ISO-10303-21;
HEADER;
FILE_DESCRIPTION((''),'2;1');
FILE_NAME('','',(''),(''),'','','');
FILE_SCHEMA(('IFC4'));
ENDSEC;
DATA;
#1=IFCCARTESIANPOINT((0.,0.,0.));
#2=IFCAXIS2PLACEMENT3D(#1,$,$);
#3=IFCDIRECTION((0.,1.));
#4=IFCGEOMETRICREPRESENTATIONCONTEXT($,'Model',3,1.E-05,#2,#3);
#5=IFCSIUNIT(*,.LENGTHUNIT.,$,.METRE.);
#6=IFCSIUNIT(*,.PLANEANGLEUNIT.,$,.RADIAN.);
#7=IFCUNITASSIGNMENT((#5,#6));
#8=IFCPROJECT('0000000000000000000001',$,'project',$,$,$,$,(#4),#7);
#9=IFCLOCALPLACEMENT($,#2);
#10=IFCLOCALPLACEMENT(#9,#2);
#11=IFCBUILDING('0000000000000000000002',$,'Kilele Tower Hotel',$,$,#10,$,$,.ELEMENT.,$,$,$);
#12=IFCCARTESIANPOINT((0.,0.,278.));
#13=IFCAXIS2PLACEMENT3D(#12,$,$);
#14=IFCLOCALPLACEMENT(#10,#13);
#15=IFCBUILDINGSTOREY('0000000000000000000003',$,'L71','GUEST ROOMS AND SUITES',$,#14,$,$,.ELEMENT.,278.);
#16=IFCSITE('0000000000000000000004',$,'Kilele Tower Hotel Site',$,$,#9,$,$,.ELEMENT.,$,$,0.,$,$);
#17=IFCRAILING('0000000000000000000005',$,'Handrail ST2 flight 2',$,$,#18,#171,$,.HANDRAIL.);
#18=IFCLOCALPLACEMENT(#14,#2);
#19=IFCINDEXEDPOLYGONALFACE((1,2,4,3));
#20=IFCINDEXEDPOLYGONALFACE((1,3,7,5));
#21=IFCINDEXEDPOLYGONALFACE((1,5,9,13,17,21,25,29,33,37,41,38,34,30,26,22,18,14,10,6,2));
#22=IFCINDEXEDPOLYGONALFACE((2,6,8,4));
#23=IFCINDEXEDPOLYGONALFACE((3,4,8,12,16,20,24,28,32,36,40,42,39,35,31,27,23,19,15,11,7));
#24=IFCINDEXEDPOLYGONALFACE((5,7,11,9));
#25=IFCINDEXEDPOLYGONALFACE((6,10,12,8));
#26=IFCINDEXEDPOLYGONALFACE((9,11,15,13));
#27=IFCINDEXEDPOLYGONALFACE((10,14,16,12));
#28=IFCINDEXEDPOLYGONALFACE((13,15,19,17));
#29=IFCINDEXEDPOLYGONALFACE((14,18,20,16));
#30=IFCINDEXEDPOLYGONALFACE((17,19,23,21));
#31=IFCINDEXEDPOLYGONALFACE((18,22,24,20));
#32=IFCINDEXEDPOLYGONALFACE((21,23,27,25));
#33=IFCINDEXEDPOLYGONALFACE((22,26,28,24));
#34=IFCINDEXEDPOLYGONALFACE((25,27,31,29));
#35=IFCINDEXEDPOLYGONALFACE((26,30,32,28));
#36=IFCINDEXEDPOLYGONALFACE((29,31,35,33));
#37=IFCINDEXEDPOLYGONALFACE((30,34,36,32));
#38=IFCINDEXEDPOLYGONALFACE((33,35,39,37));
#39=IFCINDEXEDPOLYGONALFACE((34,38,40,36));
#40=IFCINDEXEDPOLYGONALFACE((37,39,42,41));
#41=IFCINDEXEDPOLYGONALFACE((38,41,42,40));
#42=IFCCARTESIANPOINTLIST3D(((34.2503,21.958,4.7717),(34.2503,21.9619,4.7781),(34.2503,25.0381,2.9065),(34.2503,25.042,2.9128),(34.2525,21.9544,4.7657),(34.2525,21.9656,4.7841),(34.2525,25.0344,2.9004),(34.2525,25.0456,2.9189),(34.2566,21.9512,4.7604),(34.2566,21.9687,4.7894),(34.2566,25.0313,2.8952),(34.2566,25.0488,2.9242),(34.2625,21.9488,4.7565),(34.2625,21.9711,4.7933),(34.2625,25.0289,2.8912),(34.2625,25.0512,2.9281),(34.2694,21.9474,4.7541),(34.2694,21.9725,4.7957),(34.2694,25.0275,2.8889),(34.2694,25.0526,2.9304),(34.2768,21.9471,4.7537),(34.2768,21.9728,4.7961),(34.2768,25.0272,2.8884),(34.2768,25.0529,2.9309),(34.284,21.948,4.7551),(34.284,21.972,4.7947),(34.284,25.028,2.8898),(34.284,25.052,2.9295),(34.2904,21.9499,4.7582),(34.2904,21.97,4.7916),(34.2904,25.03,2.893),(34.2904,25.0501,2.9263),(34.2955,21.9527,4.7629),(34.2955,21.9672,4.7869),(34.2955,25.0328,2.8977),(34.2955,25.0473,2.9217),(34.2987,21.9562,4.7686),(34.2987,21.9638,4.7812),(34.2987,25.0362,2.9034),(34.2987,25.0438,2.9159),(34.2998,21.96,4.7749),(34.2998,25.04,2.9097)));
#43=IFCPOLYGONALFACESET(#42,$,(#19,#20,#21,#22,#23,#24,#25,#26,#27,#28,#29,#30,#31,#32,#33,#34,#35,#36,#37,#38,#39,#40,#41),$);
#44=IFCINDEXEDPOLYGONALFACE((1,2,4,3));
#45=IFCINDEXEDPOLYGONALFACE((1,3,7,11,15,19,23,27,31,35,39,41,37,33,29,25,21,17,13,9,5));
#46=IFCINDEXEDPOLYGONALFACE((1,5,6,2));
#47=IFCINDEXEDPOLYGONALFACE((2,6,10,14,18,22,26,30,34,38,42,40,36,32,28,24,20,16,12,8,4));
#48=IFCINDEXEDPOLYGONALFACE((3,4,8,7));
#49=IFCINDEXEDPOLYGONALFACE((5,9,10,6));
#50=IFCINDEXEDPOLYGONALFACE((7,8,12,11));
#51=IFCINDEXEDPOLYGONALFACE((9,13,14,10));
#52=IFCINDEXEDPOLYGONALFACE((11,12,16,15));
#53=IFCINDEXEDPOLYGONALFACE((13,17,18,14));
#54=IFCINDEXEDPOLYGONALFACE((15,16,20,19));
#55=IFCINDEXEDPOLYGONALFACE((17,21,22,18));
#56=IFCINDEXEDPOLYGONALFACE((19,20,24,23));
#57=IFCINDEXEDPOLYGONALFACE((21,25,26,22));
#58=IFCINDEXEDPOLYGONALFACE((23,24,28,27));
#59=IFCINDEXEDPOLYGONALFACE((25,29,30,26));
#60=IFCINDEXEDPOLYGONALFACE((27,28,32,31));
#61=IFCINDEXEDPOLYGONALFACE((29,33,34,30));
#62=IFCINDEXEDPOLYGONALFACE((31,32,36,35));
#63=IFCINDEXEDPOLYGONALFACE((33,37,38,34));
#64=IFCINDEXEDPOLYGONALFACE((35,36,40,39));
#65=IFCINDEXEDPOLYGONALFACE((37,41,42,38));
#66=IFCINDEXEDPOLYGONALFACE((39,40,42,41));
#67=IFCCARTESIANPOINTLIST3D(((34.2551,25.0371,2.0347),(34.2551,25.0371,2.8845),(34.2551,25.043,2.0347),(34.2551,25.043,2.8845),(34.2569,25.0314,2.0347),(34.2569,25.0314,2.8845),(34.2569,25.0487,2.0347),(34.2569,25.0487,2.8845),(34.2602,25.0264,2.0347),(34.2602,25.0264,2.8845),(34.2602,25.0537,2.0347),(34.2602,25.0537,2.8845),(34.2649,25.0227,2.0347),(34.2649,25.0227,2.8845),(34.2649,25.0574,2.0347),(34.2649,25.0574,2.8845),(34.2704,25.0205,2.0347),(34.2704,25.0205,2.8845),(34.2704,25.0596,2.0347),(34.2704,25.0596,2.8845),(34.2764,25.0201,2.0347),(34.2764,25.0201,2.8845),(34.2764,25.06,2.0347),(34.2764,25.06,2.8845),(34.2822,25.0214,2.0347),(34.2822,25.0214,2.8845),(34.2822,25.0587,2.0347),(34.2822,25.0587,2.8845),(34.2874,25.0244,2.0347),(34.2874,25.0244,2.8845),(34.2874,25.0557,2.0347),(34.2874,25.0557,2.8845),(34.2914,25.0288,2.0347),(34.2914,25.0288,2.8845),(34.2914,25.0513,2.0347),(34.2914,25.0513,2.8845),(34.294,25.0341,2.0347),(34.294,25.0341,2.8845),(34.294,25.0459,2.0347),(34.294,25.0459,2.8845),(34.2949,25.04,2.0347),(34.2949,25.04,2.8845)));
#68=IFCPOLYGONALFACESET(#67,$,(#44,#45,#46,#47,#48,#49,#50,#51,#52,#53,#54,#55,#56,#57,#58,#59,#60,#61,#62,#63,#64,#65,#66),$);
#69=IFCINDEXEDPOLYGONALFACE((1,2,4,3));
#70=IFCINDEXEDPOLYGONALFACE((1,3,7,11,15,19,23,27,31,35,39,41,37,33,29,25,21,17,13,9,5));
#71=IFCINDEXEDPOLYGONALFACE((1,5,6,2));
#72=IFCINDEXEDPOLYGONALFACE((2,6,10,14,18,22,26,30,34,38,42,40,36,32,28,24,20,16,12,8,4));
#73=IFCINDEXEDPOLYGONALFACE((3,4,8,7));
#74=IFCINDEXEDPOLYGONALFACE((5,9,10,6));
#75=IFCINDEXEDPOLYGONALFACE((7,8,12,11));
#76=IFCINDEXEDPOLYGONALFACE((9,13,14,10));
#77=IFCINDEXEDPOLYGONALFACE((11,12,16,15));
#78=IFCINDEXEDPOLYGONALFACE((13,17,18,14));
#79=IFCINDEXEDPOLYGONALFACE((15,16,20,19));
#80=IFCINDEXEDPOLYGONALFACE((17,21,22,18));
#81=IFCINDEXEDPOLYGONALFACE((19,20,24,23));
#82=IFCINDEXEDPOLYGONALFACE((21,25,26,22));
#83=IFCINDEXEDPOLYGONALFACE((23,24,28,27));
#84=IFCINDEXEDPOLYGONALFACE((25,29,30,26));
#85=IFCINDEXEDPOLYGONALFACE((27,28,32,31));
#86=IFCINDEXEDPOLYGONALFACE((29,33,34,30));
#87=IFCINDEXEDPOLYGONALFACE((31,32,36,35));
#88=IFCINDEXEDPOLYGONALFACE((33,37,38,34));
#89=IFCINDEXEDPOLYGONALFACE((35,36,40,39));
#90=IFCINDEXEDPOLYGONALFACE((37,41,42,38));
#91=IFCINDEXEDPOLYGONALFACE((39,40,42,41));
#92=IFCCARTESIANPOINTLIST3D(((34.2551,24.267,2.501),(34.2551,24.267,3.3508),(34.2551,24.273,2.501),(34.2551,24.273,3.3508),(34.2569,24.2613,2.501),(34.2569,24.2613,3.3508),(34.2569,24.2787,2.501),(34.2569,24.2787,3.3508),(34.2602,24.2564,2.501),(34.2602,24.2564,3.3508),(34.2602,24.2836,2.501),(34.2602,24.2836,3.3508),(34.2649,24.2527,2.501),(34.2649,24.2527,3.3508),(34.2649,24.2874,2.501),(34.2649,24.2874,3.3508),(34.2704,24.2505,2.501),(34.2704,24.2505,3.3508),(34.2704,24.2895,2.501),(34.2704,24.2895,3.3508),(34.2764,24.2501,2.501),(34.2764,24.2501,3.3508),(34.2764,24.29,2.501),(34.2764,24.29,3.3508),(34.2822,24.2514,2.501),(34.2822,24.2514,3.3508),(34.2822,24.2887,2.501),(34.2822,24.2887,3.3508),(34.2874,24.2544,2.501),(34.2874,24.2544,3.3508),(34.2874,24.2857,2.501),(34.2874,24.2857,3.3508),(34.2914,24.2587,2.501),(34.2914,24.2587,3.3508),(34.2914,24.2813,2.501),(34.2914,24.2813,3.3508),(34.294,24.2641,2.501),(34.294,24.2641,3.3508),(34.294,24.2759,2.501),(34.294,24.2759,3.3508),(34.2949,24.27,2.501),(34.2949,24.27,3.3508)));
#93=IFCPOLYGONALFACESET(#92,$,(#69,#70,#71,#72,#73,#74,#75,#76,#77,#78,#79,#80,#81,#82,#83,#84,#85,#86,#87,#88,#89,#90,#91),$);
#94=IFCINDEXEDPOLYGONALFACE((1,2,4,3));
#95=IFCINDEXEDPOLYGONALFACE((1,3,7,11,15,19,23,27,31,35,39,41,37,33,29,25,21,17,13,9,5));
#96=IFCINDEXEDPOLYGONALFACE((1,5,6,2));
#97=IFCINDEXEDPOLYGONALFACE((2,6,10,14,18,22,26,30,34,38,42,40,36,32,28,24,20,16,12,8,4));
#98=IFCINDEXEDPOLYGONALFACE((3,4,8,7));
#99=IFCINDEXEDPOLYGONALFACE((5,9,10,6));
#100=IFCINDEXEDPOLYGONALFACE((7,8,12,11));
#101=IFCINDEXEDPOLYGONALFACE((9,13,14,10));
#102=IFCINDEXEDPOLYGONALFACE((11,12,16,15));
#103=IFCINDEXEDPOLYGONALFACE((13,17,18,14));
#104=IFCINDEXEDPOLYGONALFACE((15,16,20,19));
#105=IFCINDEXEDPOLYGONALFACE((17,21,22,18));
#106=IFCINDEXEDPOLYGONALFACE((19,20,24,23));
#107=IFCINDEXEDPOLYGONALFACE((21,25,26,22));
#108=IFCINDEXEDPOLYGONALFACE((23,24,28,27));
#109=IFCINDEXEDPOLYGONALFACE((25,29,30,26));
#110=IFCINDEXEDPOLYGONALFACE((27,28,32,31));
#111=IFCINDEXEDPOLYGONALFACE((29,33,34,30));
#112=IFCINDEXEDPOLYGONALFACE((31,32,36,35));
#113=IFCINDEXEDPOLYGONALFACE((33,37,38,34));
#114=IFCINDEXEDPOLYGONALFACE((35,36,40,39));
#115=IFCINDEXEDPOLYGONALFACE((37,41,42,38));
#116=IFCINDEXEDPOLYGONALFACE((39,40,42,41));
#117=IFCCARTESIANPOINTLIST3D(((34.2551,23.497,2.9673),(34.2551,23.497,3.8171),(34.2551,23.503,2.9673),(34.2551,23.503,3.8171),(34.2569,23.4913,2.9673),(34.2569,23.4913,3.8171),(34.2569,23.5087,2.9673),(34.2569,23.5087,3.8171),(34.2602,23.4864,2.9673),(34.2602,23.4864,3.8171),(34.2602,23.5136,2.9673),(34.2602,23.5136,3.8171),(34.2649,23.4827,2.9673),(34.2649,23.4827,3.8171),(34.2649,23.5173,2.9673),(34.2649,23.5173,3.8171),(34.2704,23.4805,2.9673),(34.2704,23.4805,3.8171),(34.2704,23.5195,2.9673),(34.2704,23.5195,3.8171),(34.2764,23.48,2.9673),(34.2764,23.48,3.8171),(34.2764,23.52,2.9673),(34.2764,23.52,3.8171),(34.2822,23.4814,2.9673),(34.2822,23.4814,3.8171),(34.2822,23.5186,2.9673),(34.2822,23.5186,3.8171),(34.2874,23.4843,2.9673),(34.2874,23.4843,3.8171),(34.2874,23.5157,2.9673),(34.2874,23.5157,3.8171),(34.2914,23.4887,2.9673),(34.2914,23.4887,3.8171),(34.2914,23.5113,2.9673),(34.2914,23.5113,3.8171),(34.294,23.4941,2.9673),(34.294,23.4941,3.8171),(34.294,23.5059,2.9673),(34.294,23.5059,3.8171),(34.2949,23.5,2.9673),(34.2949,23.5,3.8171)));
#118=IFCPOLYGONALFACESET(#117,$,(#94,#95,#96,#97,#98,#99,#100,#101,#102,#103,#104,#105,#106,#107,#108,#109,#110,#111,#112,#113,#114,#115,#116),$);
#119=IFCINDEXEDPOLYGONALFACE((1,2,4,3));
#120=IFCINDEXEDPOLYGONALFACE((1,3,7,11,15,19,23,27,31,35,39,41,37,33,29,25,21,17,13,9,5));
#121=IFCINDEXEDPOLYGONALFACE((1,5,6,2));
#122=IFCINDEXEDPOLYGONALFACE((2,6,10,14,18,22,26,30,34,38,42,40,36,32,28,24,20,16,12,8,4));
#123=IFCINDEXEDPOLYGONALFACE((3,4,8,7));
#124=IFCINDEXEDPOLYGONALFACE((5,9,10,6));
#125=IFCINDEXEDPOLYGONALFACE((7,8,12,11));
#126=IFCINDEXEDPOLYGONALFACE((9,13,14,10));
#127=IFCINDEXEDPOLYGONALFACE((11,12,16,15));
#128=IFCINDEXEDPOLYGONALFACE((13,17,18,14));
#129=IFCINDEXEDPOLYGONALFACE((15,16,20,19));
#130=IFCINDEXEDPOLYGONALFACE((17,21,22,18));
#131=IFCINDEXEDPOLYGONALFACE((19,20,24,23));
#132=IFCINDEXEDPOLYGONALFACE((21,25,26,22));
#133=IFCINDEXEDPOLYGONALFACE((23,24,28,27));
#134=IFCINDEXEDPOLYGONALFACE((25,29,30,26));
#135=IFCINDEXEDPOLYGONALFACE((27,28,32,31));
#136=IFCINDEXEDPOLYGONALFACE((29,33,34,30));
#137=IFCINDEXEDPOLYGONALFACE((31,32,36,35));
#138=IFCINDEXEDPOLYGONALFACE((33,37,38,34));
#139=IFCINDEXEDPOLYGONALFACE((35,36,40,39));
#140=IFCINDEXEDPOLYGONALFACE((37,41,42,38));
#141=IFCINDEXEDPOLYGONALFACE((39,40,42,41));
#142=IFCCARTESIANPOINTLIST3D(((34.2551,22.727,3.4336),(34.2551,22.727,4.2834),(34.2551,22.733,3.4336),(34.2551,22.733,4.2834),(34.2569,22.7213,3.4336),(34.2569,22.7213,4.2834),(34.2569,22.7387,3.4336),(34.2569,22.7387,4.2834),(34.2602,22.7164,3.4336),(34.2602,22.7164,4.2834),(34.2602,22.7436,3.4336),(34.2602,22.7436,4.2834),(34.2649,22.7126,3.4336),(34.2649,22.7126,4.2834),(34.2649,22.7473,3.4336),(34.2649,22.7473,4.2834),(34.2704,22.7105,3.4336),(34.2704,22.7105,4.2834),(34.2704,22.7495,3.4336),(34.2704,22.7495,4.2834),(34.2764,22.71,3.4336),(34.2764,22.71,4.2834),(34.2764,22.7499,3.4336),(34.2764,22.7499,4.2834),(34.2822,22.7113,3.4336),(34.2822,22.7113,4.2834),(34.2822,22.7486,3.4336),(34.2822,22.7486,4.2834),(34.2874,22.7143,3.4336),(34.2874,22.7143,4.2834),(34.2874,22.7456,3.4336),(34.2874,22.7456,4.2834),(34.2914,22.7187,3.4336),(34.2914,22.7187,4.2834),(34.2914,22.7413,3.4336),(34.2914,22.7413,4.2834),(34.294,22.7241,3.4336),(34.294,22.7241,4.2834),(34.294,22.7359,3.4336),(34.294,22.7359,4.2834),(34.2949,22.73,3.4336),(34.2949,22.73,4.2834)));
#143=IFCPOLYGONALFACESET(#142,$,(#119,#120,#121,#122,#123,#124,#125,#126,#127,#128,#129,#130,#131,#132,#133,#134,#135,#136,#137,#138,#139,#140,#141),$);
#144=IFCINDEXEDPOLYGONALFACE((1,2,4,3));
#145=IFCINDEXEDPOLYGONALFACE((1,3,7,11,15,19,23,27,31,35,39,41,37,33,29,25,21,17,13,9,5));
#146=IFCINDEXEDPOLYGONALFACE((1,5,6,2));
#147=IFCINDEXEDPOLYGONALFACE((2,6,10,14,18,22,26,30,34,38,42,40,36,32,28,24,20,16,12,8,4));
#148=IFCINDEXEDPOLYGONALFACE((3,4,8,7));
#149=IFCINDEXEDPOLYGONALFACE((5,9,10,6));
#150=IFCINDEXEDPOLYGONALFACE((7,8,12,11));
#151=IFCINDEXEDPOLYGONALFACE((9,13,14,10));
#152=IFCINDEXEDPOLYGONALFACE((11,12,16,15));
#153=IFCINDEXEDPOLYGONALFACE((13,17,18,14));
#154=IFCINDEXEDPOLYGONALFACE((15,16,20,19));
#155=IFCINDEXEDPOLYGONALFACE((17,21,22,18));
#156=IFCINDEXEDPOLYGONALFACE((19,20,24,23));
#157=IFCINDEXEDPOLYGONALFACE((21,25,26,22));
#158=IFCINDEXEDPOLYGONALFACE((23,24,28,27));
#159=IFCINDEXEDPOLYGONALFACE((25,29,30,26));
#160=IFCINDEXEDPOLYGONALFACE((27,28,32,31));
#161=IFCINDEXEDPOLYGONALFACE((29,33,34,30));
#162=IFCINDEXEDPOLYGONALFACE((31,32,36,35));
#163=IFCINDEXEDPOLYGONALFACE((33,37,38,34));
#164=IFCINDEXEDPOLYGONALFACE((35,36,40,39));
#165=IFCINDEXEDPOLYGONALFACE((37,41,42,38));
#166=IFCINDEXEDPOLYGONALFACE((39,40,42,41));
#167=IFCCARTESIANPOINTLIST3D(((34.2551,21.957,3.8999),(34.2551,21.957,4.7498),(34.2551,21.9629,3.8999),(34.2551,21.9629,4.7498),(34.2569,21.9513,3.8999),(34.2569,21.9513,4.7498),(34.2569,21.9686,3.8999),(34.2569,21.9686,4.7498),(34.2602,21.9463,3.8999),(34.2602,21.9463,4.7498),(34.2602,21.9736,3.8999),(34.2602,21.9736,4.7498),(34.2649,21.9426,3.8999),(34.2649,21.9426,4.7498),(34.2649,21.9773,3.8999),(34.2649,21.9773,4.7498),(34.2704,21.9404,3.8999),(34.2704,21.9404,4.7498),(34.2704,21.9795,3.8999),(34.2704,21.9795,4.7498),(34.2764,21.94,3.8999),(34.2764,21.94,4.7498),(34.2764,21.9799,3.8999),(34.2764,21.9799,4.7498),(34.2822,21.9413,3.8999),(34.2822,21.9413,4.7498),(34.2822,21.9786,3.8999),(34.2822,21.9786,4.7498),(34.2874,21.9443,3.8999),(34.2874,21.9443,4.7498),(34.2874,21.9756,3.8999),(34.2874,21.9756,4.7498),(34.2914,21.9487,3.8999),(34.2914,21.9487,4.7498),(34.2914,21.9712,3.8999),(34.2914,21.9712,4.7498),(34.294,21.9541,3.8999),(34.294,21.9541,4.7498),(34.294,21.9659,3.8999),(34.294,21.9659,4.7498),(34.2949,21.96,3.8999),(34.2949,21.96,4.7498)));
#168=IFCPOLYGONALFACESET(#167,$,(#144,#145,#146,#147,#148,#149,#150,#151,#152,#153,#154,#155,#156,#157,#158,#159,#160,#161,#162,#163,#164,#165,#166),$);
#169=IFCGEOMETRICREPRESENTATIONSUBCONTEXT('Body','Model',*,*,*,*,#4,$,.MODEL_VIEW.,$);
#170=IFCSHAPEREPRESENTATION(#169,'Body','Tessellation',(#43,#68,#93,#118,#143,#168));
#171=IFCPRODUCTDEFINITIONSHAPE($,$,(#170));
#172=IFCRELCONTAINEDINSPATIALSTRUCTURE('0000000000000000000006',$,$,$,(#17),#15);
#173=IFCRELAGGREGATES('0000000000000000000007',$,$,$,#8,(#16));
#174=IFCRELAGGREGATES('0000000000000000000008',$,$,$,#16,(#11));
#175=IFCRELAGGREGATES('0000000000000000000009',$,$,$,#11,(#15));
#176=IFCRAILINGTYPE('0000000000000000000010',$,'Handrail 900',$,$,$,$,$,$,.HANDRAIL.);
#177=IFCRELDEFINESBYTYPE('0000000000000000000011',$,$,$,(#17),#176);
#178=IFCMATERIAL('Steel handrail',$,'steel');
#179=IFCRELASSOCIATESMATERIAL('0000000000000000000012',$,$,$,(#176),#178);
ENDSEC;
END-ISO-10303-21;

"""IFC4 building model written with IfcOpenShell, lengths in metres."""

from ifc_helpers import new_model, si_unit, direction, frame, origin, origin_2d, place, context, subcontext, project, spatial, circle, extrude, material, type_object, element, save


model = new_model("IFC4")

# Units and contexts
model_context = context("Model", 3, precision=1e-05, world=origin(), true_north=direction((0.0, 1.0)))
body_context = subcontext(model_context, "Body", "Model", "MODEL_VIEW")
ifc_project = project(units=[si_unit("LENGTHUNIT", "METRE"), si_unit("PLANEANGLEUNIT", "RADIAN")], contexts=[model_context])

# Site, building, storey
site_placement = place(None, origin())
site = spatial("IfcSite", under=ifc_project, at=site_placement, Name="Kilele Tower Hotel Site", CompositionType="ELEMENT", RefElevation=0.0)
building_placement = place(site_placement, origin())
building = spatial("IfcBuilding", under=site, at=building_placement, Name="Kilele Tower Hotel", CompositionType="ELEMENT")
storey_placement = place(building_placement, frame((0.0, 0.0, 278.0)))
storey = spatial("IfcBuildingStorey", under=building, at=storey_placement, Name="L71", Description="GUEST ROOMS AND SUITES", CompositionType="ELEMENT", Elevation=278.0)

# Railing
ifc_material_1 = material(Name="Steel handrail", Category="steel")
railing_type_1 = type_object("IfcRailingType", Name="Handrail 900", PredefinedType="HANDRAIL", material=ifc_material_1)
for number, where, name in (
    (1, (34.2749, 25.04, 2.0347), "Handrail ST2 flight 2"),
):
    element("IfcRailing", number, at=place(storey_placement, frame(where)), inside=storey, type_object=railing_type_1, Name=name, PredefinedType="HANDRAIL", context=body_context, shape_type="SweptSolid", body=[
        extrude(circle(Radius=0.0249, at=origin_2d()), frame((0.0, 0.0, 0.875), z_axis=(0.0, -0.85538, 0.518001), x_axis=(1.0, 0.0, 0.0)), (0.0, 0.0, 1.0), 3.6008),
        extrude(circle(Radius=0.02, at=origin_2d()), origin(), (0.0, 0.0, 1.0), 0.8499),
        extrude(circle(Radius=0.02, at=origin_2d()), frame((0.0, -0.77, 0.4663)), (0.0, 0.0, 1.0), 0.8499),
        extrude(circle(Radius=0.02, at=origin_2d()), frame((0.0, -1.54, 0.9326)), (0.0, 0.0, 1.0), 0.8499),
        extrude(circle(Radius=0.02, at=origin_2d()), frame((0.0, -2.3101, 1.3989)), (0.0, 0.0, 1.0), 0.8499),
        extrude(circle(Radius=0.02, at=origin_2d()), frame((0.0, -3.0801, 1.8652)), (0.0, 0.0, 1.0), 0.8499),
    ])

save(model, "model.ifc")
